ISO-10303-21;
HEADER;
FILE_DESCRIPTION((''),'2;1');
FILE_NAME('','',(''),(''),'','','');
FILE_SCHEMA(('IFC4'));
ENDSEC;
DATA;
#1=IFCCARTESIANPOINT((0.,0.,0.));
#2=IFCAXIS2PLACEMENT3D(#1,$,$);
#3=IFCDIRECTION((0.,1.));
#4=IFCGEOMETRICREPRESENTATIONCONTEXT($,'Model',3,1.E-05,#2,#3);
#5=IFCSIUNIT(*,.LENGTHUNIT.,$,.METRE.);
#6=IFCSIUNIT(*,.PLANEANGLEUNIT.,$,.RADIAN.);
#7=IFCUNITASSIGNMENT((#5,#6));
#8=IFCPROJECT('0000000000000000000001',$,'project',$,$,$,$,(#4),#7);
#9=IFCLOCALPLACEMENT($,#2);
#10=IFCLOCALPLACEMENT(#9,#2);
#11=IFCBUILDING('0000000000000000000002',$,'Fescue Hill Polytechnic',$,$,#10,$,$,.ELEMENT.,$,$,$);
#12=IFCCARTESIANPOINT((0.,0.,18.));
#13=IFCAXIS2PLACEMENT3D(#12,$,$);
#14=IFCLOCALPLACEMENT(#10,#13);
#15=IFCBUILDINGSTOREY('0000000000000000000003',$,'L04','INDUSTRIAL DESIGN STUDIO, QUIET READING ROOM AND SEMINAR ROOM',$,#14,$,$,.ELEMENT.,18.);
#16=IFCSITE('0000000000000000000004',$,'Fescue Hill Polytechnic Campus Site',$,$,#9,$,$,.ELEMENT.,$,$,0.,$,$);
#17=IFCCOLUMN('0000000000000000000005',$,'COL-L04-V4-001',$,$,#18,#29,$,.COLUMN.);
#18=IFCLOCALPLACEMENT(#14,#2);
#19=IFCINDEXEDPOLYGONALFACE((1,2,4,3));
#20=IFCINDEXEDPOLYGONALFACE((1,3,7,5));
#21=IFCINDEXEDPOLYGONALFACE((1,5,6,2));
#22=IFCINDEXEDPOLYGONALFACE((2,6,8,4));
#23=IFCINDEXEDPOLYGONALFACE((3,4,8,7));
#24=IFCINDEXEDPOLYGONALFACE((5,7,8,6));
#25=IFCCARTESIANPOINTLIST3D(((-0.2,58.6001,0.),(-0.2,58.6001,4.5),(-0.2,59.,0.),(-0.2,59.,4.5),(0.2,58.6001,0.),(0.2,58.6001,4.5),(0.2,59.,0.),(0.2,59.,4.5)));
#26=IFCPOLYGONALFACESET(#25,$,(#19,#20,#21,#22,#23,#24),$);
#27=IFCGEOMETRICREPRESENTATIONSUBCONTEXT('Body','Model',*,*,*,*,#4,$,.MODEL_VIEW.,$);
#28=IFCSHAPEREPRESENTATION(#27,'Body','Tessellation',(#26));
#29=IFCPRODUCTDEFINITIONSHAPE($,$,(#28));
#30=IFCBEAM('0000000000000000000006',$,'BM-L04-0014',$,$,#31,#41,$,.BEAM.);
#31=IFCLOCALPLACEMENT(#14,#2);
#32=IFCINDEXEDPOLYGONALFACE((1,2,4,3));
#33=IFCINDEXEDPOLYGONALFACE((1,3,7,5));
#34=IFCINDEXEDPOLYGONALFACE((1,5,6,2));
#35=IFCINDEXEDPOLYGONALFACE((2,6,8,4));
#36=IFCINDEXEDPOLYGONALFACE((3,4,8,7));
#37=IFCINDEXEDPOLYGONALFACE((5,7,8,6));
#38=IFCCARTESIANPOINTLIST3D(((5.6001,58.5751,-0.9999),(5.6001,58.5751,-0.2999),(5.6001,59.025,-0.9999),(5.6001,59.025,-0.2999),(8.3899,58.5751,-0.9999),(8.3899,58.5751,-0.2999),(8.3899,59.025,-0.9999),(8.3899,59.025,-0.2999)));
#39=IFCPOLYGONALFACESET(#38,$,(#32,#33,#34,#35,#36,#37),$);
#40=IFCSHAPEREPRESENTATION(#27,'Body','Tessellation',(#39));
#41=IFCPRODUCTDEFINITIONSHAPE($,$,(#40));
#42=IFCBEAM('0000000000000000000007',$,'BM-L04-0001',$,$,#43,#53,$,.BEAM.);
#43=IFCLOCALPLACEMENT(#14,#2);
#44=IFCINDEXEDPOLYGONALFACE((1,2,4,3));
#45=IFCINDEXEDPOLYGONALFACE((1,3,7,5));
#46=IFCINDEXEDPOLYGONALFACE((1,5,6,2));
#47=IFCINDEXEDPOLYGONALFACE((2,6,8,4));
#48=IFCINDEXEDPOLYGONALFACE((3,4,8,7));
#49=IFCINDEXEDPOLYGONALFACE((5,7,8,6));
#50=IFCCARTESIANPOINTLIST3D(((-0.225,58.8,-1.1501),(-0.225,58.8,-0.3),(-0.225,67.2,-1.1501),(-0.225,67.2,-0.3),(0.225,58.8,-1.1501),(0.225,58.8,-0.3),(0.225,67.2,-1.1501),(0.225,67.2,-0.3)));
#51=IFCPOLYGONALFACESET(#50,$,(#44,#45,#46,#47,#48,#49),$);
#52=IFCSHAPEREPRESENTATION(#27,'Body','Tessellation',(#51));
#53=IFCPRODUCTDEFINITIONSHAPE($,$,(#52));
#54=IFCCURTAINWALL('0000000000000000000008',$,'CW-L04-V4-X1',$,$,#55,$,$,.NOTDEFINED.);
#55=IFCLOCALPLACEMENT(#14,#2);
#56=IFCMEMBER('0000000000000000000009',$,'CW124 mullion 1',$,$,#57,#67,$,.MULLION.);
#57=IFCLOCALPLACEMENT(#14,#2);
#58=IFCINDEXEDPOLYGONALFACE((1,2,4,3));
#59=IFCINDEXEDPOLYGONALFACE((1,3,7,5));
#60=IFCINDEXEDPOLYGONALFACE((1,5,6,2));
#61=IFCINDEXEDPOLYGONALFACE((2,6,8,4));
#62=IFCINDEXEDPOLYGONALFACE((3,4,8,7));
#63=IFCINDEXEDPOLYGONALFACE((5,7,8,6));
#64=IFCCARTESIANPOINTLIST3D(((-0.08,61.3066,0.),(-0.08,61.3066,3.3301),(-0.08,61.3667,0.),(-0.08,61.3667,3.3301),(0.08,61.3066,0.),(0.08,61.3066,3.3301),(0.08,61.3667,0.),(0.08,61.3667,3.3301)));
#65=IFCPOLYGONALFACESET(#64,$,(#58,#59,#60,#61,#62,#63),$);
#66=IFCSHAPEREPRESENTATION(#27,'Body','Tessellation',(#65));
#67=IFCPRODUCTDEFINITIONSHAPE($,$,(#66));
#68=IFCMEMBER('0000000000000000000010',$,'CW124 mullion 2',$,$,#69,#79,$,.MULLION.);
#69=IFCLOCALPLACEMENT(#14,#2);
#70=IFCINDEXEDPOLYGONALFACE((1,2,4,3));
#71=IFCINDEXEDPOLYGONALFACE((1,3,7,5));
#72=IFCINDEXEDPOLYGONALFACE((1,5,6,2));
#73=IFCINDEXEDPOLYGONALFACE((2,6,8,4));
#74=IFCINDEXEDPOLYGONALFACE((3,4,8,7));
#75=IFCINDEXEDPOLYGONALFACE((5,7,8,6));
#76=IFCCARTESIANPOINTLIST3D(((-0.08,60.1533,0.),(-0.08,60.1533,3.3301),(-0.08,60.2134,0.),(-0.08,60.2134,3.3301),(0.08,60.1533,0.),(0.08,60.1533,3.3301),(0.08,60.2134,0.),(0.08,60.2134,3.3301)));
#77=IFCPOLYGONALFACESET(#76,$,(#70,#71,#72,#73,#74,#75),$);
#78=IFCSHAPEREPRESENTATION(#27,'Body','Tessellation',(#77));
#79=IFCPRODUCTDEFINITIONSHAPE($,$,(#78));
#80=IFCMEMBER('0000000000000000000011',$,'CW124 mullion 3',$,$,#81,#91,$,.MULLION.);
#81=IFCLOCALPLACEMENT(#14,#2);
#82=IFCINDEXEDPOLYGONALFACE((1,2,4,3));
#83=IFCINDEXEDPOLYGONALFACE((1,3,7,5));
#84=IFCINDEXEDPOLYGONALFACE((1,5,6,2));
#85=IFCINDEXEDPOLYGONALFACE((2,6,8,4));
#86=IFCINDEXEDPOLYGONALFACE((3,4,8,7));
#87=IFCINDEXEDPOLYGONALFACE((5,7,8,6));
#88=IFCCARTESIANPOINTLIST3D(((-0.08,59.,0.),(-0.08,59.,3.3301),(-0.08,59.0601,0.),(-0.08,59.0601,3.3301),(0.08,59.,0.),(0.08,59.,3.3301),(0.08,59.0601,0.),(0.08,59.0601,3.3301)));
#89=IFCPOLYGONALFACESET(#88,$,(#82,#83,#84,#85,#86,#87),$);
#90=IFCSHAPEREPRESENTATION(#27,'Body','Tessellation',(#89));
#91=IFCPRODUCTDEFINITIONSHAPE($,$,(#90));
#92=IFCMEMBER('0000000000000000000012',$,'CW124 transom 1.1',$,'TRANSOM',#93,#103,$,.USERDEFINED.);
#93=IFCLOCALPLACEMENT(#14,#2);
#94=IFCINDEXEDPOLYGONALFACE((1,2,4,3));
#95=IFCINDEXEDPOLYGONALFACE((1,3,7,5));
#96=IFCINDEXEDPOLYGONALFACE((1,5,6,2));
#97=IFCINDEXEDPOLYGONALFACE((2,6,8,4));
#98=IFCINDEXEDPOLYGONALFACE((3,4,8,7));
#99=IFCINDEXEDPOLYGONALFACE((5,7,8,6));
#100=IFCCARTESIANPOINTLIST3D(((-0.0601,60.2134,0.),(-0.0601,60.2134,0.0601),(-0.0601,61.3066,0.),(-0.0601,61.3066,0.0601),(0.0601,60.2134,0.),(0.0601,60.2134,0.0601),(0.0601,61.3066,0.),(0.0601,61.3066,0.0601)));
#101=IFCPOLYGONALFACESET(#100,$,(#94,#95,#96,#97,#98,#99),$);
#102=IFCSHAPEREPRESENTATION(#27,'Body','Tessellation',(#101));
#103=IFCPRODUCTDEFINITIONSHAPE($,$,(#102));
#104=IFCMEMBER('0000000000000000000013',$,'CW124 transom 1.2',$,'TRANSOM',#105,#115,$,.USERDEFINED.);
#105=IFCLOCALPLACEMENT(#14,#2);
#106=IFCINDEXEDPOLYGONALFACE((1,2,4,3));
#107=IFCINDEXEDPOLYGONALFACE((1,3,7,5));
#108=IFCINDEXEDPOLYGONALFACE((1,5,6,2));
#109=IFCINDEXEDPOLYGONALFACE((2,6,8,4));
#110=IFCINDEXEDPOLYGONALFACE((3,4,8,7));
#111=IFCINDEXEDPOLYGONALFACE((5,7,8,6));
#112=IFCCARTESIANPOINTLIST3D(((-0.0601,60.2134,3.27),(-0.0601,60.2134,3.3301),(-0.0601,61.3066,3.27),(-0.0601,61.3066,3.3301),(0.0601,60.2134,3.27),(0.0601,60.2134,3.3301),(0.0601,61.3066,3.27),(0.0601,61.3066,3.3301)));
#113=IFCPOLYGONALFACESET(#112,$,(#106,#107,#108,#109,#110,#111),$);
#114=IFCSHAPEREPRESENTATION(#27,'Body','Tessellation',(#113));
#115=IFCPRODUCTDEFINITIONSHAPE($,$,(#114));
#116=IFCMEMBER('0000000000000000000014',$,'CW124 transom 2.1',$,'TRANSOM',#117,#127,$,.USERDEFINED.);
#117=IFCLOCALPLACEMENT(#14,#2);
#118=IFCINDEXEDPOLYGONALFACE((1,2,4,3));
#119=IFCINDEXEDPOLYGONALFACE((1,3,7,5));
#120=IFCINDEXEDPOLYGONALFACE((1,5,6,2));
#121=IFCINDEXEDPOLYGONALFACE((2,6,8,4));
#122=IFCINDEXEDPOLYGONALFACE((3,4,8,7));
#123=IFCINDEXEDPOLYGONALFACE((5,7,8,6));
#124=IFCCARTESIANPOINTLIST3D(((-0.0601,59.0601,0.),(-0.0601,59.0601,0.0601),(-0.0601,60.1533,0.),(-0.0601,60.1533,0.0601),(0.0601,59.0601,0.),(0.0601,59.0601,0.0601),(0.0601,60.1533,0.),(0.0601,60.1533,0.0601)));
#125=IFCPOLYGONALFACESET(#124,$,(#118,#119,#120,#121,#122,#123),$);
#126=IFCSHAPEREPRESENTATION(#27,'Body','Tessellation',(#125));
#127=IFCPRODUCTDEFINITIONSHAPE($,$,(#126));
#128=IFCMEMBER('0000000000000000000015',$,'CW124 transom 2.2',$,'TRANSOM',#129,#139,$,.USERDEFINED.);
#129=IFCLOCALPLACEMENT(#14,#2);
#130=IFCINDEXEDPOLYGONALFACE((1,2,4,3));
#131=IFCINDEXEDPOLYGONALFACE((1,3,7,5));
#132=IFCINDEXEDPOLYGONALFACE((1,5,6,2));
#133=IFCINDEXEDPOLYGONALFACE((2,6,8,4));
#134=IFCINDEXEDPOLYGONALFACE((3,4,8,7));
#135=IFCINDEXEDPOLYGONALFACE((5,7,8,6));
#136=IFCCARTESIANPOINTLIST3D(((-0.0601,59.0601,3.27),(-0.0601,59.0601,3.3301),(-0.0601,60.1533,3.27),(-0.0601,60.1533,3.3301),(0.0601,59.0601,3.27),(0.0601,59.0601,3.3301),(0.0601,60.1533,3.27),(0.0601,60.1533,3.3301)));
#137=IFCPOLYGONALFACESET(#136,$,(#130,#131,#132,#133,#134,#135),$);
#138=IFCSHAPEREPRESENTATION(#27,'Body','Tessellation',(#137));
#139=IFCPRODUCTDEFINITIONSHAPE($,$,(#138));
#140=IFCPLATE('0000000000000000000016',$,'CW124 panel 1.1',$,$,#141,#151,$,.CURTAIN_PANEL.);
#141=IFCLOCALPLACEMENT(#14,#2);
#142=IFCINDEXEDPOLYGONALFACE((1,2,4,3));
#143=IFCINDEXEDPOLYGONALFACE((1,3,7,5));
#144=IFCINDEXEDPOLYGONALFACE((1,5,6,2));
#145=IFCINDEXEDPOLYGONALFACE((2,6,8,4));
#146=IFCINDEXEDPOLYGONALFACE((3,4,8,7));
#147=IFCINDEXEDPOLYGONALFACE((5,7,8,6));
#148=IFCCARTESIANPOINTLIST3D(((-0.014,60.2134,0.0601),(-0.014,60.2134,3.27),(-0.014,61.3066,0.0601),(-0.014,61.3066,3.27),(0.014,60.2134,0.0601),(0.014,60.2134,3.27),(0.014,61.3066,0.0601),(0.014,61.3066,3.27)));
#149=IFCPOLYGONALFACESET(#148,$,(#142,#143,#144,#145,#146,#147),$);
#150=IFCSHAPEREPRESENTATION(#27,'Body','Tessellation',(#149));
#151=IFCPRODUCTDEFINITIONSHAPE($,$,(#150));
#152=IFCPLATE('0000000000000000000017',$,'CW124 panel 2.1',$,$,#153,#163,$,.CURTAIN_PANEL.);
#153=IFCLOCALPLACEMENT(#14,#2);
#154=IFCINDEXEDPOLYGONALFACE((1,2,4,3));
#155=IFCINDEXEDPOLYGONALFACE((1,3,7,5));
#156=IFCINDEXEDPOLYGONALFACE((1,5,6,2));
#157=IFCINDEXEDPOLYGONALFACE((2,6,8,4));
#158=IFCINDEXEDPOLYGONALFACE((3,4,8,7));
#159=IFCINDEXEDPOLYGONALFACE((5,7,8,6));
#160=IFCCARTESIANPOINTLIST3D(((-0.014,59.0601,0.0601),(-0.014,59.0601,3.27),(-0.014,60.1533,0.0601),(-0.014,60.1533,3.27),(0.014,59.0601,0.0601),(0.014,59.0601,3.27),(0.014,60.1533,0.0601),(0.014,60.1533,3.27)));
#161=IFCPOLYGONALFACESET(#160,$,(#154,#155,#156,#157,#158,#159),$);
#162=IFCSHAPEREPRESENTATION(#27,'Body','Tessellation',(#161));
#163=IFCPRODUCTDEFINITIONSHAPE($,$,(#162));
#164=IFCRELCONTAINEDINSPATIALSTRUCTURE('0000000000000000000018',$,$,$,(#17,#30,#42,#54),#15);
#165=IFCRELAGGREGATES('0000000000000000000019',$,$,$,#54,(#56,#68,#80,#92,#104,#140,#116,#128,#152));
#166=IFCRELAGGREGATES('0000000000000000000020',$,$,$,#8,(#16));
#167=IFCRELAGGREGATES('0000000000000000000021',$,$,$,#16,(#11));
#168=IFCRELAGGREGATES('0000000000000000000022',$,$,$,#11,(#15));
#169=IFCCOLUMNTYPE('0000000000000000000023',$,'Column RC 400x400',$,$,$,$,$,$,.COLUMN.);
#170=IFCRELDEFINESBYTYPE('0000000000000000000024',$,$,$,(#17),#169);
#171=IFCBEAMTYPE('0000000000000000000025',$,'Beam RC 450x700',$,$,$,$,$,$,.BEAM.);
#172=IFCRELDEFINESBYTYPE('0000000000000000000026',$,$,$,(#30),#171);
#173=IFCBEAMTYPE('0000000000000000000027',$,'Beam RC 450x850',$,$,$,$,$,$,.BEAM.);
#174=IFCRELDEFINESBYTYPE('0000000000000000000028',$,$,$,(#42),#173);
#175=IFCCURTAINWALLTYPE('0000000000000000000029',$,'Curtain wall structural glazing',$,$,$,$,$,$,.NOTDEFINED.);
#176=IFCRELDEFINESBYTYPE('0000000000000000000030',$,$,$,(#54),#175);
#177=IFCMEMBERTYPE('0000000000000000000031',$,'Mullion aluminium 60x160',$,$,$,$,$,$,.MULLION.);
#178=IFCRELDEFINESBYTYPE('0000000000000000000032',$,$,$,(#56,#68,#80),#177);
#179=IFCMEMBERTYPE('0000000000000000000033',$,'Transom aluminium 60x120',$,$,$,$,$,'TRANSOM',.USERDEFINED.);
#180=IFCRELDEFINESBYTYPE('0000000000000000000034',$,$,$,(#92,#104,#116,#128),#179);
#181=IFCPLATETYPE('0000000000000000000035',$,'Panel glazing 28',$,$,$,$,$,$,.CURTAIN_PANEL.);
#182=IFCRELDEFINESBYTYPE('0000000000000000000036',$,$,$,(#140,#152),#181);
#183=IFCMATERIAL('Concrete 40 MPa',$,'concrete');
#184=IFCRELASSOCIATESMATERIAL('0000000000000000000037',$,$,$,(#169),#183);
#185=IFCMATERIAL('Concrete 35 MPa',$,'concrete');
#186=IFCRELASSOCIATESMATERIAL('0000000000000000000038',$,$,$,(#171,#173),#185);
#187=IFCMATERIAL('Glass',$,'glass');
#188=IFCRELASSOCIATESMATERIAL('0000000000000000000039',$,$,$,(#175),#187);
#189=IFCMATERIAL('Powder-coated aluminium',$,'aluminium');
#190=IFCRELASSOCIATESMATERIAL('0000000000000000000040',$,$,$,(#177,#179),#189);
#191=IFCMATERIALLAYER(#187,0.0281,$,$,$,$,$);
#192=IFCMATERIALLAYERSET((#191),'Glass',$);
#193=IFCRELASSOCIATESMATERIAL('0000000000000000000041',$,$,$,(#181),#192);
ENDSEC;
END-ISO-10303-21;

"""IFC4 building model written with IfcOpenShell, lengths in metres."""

from ifc_helpers import new_model, si_unit, direction, frame, origin, origin_2d, place, context, subcontext, project, spatial, rectangle, extrude, material, layer, layer_set, material_profile, profile_set, type_object, element, aggregate, save


model = new_model("IFC4")

# Units and contexts
model_context = context("Model", 3, precision=1e-05, world=origin(), true_north=direction((0.0, 1.0)))
body_context = subcontext(model_context, "Body", "Model", "MODEL_VIEW")
ifc_project = project(units=[si_unit("LENGTHUNIT", "METRE"), si_unit("PLANEANGLEUNIT", "RADIAN")], contexts=[model_context])

# Site, building, storey
site_placement = place(None, origin())
site = spatial("IfcSite", under=ifc_project, at=site_placement, Name="Fescue Hill Polytechnic Campus Site", CompositionType="ELEMENT", RefElevation=0.0)
building_placement = place(site_placement, origin())
building = spatial("IfcBuilding", under=site, at=building_placement, Name="Fescue Hill Polytechnic", CompositionType="ELEMENT")
storey_placement = place(building_placement, frame((0.0, 0.0, 18.0)))
storey = spatial("IfcBuildingStorey", under=building, at=storey_placement, Name="L04", Description="INDUSTRIAL DESIGN STUDIO, QUIET READING ROOM AND SEMINAR ROOM", CompositionType="ELEMENT", Elevation=18.0)

# Column
ifc_material_1 = material(Name="Concrete 40 MPa", Category="concrete")
ifc_material_profile_1 = material_profile(ifc_material_1, rectangle(XDim=0.3999, YDim=0.3999, at=origin_2d()), Name="RC 400x400")
ifc_profile_set_1 = profile_set([ifc_material_profile_1], Name="Concrete 40 MPa")
column_type = type_object("IfcColumnType", Name="Column RC 400x400", PredefinedType="COLUMN", material=ifc_profile_set_1)
column_placement = place(storey_placement, frame((0.0, 58.8, 0.0), z_axis=(0.0, 0.0, 1.0), x_axis=(1.0, 0.0, 0.0)))
element("IfcColumn", 1, at=column_placement, inside=storey, type_object=column_type, Name="COL-L04-V4-001", PredefinedType="COLUMN", context=body_context, shape_type="SweptSolid", body=[
    extrude(rectangle(XDim=0.3999, YDim=0.3999, at=origin_2d()), origin(), (0.0, 0.0, 1.0), 4.5),
])

# Beams
ifc_material_2 = material(Name="Concrete 35 MPa", Category="concrete")
ifc_material_profile_2 = material_profile(ifc_material_2, rectangle(XDim=0.45, YDim=0.7, at=origin_2d()), Name="RC 450x700")
ifc_profile_set_2 = profile_set([ifc_material_profile_2], Name="Concrete 35 MPa")
beam_type_1 = type_object("IfcBeamType", Name="Beam RC 450x700", PredefinedType="BEAM", material=ifc_profile_set_2)
beam_1_placement = place(storey_placement, frame((5.6001, 58.8, -0.6499), z_axis=(1.0, 0.0, 0.0), x_axis=(0.0, 1.0, 0.0)))
element("IfcBeam", 2, at=beam_1_placement, inside=storey, type_object=beam_type_1, Name="BM-L04-0014", PredefinedType="BEAM", context=body_context, shape_type="SweptSolid", body=[
    extrude(rectangle(XDim=0.45, YDim=0.7, at=origin_2d()), origin(), (0.0, 0.0, 1.0), 2.7898),
])
ifc_material_profile_3 = material_profile(ifc_material_2, rectangle(XDim=0.45, YDim=0.8501, at=origin_2d()), Name="RC 450x850")
ifc_profile_set_3 = profile_set([ifc_material_profile_3], Name="Concrete 35 MPa")
beam_type_2 = type_object("IfcBeamType", Name="Beam RC 450x850", PredefinedType="BEAM", material=ifc_profile_set_3)
beam_2_placement = place(storey_placement, frame((0.0, 58.8, -0.7251), z_axis=(0.0, 1.0, 0.0), x_axis=(-1.0, 0.0, 0.0)))
element("IfcBeam", 3, at=beam_2_placement, inside=storey, type_object=beam_type_2, Name="BM-L04-0001", PredefinedType="BEAM", context=body_context, shape_type="SweptSolid", body=[
    extrude(rectangle(XDim=0.45, YDim=0.8501, at=origin_2d()), origin(), (0.0, 0.0, 1.0), 8.3999),
])

# Curtain wall, members, plates
ifc_material_3 = material(Name="Glass", Category="glass")
curtain_wall_type = type_object("IfcCurtainWallType", Name="Curtain wall structural glazing", PredefinedType="NOTDEFINED", material=ifc_material_3)
curtain_wall_placement = place(storey_placement, origin())
curtain_wall = element("IfcCurtainWall", 4, at=curtain_wall_placement, inside=storey, type_object=curtain_wall_type, Name="CW-L04-V4-X1", PredefinedType="NOTDEFINED")
ifc_material_4 = material(Name="Powder-coated aluminium", Category="aluminium")
ifc_material_profile_4 = material_profile(ifc_material_4, rectangle(XDim=0.1599, YDim=0.0601, at=origin_2d()), Name="Mullion aluminium 60x160")
ifc_profile_set_4 = profile_set([ifc_material_profile_4], Name="Powder-coated aluminium")
member_type_1 = type_object("IfcMemberType", Name="Mullion aluminium 60x160", PredefinedType="MULLION", material=ifc_profile_set_4)
member_1_placement = place(storey_placement, frame((0.0, 61.3367, 0.0), z_axis=(0.0, 0.0, 1.0), x_axis=(1.0, 0.0, 0.0)))
member_1 = element("IfcMember", 5, at=member_1_placement, type_object=member_type_1, Name="CW124 mullion 1", PredefinedType="MULLION", context=body_context, shape_type="SweptSolid", body=[
    extrude(rectangle(XDim=0.1599, YDim=0.0601, at=origin_2d()), origin(), (0.0, 0.0, 1.0), 3.3301),
])
member_2_placement = place(storey_placement, frame((0.0, 60.1833, 0.0), z_axis=(0.0, 0.0, 1.0), x_axis=(1.0, 0.0, 0.0)))
member_2 = element("IfcMember", 6, at=member_2_placement, type_object=member_type_1, Name="CW124 mullion 2", PredefinedType="MULLION", context=body_context, shape_type="SweptSolid", body=[
    extrude(rectangle(XDim=0.1599, YDim=0.0601, at=origin_2d()), origin(), (0.0, 0.0, 1.0), 3.3301),
])
member_3_placement = place(storey_placement, frame((0.0, 59.03, 0.0), z_axis=(0.0, 0.0, 1.0), x_axis=(1.0, 0.0, 0.0)))
member_3 = element("IfcMember", 7, at=member_3_placement, type_object=member_type_1, Name="CW124 mullion 3", PredefinedType="MULLION", context=body_context, shape_type="SweptSolid", body=[
    extrude(rectangle(XDim=0.1599, YDim=0.0601, at=origin_2d()), origin(), (0.0, 0.0, 1.0), 3.3301),
])
ifc_material_profile_5 = material_profile(ifc_material_4, rectangle(XDim=0.1201, YDim=0.0601, at=origin_2d()), Name="Transom aluminium 60x120")
ifc_profile_set_5 = profile_set([ifc_material_profile_5], Name="Powder-coated aluminium")
member_type_2 = type_object("IfcMemberType", Name="Transom aluminium 60x120", ElementType="TRANSOM", PredefinedType="USERDEFINED", material=ifc_profile_set_5)
member_4_placement = place(storey_placement, frame((0.0, 61.3066, 0.03), z_axis=(0.0, -1.0, 0.0), x_axis=(1.0, 0.0, 0.0)))
member_4 = element("IfcMember", 8, at=member_4_placement, type_object=member_type_2, Name="CW124 transom 1.1", ObjectType="TRANSOM", PredefinedType="USERDEFINED", context=body_context, shape_type="SweptSolid", body=[
    extrude(rectangle(XDim=0.1201, YDim=0.0601, at=origin_2d()), origin(), (0.0, 0.0, 1.0), 1.0933),
])
member_5_placement = place(storey_placement, frame((0.0, 61.3066, 3.3), z_axis=(0.0, -1.0, 0.0), x_axis=(1.0, 0.0, 0.0)))
member_5 = element("IfcMember", 9, at=member_5_placement, type_object=member_type_2, Name="CW124 transom 1.2", ObjectType="TRANSOM", PredefinedType="USERDEFINED", context=body_context, shape_type="SweptSolid", body=[
    extrude(rectangle(XDim=0.1201, YDim=0.0601, at=origin_2d()), origin(), (0.0, 0.0, 1.0), 1.0933),
])
member_6_placement = place(storey_placement, frame((0.0, 60.1533, 0.03), z_axis=(0.0, -1.0, 0.0), x_axis=(1.0, 0.0, 0.0)))
member_6 = element("IfcMember", 10, at=member_6_placement, type_object=member_type_2, Name="CW124 transom 2.1", ObjectType="TRANSOM", PredefinedType="USERDEFINED", context=body_context, shape_type="SweptSolid", body=[
    extrude(rectangle(XDim=0.1201, YDim=0.0601, at=origin_2d()), origin(), (0.0, 0.0, 1.0), 1.0933),
])
member_7_placement = place(storey_placement, frame((0.0, 60.1533, 3.3), z_axis=(0.0, -1.0, 0.0), x_axis=(1.0, 0.0, 0.0)))
member_7 = element("IfcMember", 11, at=member_7_placement, type_object=member_type_2, Name="CW124 transom 2.2", ObjectType="TRANSOM", PredefinedType="USERDEFINED", context=body_context, shape_type="SweptSolid", body=[
    extrude(rectangle(XDim=0.1201, YDim=0.0601, at=origin_2d()), origin(), (0.0, 0.0, 1.0), 1.0933),
])
ifc_layer_1 = layer(ifc_material_3, 0.0281)
ifc_layer_set_1 = layer_set([ifc_layer_1], Name="Glass")
plate_type = type_object("IfcPlateType", Name="Panel glazing 28", PredefinedType="CURTAIN_PANEL", material=ifc_layer_set_1)
plate_1_placement = place(storey_placement, frame((0.0, 60.76, 0.0601), z_axis=(0.0, 0.0, 1.0), x_axis=(0.0, -1.0, 0.0)))
plate_1 = element("IfcPlate", 12, at=plate_1_placement, type_object=plate_type, Name="CW124 panel 1.1", PredefinedType="CURTAIN_PANEL", context=body_context, shape_type="SweptSolid", body=[
    extrude(rectangle(XDim=1.0933, YDim=0.0281, at=origin_2d()), origin(), (0.0, 0.0, 1.0), 3.21),
])
plate_2_placement = place(storey_placement, frame((0.0, 59.6067, 0.0601), z_axis=(0.0, 0.0, 1.0), x_axis=(0.0, -1.0, 0.0)))
plate_2 = element("IfcPlate", 13, at=plate_2_placement, type_object=plate_type, Name="CW124 panel 2.1", PredefinedType="CURTAIN_PANEL", context=body_context, shape_type="SweptSolid", body=[
    extrude(rectangle(XDim=1.0933, YDim=0.0281, at=origin_2d()), origin(), (0.0, 0.0, 1.0), 3.21),
])
aggregate(curtain_wall, [member_1, member_2, member_3, member_4, member_5, plate_1, member_6, member_7, plate_2])

save(model, "model.ifc")
